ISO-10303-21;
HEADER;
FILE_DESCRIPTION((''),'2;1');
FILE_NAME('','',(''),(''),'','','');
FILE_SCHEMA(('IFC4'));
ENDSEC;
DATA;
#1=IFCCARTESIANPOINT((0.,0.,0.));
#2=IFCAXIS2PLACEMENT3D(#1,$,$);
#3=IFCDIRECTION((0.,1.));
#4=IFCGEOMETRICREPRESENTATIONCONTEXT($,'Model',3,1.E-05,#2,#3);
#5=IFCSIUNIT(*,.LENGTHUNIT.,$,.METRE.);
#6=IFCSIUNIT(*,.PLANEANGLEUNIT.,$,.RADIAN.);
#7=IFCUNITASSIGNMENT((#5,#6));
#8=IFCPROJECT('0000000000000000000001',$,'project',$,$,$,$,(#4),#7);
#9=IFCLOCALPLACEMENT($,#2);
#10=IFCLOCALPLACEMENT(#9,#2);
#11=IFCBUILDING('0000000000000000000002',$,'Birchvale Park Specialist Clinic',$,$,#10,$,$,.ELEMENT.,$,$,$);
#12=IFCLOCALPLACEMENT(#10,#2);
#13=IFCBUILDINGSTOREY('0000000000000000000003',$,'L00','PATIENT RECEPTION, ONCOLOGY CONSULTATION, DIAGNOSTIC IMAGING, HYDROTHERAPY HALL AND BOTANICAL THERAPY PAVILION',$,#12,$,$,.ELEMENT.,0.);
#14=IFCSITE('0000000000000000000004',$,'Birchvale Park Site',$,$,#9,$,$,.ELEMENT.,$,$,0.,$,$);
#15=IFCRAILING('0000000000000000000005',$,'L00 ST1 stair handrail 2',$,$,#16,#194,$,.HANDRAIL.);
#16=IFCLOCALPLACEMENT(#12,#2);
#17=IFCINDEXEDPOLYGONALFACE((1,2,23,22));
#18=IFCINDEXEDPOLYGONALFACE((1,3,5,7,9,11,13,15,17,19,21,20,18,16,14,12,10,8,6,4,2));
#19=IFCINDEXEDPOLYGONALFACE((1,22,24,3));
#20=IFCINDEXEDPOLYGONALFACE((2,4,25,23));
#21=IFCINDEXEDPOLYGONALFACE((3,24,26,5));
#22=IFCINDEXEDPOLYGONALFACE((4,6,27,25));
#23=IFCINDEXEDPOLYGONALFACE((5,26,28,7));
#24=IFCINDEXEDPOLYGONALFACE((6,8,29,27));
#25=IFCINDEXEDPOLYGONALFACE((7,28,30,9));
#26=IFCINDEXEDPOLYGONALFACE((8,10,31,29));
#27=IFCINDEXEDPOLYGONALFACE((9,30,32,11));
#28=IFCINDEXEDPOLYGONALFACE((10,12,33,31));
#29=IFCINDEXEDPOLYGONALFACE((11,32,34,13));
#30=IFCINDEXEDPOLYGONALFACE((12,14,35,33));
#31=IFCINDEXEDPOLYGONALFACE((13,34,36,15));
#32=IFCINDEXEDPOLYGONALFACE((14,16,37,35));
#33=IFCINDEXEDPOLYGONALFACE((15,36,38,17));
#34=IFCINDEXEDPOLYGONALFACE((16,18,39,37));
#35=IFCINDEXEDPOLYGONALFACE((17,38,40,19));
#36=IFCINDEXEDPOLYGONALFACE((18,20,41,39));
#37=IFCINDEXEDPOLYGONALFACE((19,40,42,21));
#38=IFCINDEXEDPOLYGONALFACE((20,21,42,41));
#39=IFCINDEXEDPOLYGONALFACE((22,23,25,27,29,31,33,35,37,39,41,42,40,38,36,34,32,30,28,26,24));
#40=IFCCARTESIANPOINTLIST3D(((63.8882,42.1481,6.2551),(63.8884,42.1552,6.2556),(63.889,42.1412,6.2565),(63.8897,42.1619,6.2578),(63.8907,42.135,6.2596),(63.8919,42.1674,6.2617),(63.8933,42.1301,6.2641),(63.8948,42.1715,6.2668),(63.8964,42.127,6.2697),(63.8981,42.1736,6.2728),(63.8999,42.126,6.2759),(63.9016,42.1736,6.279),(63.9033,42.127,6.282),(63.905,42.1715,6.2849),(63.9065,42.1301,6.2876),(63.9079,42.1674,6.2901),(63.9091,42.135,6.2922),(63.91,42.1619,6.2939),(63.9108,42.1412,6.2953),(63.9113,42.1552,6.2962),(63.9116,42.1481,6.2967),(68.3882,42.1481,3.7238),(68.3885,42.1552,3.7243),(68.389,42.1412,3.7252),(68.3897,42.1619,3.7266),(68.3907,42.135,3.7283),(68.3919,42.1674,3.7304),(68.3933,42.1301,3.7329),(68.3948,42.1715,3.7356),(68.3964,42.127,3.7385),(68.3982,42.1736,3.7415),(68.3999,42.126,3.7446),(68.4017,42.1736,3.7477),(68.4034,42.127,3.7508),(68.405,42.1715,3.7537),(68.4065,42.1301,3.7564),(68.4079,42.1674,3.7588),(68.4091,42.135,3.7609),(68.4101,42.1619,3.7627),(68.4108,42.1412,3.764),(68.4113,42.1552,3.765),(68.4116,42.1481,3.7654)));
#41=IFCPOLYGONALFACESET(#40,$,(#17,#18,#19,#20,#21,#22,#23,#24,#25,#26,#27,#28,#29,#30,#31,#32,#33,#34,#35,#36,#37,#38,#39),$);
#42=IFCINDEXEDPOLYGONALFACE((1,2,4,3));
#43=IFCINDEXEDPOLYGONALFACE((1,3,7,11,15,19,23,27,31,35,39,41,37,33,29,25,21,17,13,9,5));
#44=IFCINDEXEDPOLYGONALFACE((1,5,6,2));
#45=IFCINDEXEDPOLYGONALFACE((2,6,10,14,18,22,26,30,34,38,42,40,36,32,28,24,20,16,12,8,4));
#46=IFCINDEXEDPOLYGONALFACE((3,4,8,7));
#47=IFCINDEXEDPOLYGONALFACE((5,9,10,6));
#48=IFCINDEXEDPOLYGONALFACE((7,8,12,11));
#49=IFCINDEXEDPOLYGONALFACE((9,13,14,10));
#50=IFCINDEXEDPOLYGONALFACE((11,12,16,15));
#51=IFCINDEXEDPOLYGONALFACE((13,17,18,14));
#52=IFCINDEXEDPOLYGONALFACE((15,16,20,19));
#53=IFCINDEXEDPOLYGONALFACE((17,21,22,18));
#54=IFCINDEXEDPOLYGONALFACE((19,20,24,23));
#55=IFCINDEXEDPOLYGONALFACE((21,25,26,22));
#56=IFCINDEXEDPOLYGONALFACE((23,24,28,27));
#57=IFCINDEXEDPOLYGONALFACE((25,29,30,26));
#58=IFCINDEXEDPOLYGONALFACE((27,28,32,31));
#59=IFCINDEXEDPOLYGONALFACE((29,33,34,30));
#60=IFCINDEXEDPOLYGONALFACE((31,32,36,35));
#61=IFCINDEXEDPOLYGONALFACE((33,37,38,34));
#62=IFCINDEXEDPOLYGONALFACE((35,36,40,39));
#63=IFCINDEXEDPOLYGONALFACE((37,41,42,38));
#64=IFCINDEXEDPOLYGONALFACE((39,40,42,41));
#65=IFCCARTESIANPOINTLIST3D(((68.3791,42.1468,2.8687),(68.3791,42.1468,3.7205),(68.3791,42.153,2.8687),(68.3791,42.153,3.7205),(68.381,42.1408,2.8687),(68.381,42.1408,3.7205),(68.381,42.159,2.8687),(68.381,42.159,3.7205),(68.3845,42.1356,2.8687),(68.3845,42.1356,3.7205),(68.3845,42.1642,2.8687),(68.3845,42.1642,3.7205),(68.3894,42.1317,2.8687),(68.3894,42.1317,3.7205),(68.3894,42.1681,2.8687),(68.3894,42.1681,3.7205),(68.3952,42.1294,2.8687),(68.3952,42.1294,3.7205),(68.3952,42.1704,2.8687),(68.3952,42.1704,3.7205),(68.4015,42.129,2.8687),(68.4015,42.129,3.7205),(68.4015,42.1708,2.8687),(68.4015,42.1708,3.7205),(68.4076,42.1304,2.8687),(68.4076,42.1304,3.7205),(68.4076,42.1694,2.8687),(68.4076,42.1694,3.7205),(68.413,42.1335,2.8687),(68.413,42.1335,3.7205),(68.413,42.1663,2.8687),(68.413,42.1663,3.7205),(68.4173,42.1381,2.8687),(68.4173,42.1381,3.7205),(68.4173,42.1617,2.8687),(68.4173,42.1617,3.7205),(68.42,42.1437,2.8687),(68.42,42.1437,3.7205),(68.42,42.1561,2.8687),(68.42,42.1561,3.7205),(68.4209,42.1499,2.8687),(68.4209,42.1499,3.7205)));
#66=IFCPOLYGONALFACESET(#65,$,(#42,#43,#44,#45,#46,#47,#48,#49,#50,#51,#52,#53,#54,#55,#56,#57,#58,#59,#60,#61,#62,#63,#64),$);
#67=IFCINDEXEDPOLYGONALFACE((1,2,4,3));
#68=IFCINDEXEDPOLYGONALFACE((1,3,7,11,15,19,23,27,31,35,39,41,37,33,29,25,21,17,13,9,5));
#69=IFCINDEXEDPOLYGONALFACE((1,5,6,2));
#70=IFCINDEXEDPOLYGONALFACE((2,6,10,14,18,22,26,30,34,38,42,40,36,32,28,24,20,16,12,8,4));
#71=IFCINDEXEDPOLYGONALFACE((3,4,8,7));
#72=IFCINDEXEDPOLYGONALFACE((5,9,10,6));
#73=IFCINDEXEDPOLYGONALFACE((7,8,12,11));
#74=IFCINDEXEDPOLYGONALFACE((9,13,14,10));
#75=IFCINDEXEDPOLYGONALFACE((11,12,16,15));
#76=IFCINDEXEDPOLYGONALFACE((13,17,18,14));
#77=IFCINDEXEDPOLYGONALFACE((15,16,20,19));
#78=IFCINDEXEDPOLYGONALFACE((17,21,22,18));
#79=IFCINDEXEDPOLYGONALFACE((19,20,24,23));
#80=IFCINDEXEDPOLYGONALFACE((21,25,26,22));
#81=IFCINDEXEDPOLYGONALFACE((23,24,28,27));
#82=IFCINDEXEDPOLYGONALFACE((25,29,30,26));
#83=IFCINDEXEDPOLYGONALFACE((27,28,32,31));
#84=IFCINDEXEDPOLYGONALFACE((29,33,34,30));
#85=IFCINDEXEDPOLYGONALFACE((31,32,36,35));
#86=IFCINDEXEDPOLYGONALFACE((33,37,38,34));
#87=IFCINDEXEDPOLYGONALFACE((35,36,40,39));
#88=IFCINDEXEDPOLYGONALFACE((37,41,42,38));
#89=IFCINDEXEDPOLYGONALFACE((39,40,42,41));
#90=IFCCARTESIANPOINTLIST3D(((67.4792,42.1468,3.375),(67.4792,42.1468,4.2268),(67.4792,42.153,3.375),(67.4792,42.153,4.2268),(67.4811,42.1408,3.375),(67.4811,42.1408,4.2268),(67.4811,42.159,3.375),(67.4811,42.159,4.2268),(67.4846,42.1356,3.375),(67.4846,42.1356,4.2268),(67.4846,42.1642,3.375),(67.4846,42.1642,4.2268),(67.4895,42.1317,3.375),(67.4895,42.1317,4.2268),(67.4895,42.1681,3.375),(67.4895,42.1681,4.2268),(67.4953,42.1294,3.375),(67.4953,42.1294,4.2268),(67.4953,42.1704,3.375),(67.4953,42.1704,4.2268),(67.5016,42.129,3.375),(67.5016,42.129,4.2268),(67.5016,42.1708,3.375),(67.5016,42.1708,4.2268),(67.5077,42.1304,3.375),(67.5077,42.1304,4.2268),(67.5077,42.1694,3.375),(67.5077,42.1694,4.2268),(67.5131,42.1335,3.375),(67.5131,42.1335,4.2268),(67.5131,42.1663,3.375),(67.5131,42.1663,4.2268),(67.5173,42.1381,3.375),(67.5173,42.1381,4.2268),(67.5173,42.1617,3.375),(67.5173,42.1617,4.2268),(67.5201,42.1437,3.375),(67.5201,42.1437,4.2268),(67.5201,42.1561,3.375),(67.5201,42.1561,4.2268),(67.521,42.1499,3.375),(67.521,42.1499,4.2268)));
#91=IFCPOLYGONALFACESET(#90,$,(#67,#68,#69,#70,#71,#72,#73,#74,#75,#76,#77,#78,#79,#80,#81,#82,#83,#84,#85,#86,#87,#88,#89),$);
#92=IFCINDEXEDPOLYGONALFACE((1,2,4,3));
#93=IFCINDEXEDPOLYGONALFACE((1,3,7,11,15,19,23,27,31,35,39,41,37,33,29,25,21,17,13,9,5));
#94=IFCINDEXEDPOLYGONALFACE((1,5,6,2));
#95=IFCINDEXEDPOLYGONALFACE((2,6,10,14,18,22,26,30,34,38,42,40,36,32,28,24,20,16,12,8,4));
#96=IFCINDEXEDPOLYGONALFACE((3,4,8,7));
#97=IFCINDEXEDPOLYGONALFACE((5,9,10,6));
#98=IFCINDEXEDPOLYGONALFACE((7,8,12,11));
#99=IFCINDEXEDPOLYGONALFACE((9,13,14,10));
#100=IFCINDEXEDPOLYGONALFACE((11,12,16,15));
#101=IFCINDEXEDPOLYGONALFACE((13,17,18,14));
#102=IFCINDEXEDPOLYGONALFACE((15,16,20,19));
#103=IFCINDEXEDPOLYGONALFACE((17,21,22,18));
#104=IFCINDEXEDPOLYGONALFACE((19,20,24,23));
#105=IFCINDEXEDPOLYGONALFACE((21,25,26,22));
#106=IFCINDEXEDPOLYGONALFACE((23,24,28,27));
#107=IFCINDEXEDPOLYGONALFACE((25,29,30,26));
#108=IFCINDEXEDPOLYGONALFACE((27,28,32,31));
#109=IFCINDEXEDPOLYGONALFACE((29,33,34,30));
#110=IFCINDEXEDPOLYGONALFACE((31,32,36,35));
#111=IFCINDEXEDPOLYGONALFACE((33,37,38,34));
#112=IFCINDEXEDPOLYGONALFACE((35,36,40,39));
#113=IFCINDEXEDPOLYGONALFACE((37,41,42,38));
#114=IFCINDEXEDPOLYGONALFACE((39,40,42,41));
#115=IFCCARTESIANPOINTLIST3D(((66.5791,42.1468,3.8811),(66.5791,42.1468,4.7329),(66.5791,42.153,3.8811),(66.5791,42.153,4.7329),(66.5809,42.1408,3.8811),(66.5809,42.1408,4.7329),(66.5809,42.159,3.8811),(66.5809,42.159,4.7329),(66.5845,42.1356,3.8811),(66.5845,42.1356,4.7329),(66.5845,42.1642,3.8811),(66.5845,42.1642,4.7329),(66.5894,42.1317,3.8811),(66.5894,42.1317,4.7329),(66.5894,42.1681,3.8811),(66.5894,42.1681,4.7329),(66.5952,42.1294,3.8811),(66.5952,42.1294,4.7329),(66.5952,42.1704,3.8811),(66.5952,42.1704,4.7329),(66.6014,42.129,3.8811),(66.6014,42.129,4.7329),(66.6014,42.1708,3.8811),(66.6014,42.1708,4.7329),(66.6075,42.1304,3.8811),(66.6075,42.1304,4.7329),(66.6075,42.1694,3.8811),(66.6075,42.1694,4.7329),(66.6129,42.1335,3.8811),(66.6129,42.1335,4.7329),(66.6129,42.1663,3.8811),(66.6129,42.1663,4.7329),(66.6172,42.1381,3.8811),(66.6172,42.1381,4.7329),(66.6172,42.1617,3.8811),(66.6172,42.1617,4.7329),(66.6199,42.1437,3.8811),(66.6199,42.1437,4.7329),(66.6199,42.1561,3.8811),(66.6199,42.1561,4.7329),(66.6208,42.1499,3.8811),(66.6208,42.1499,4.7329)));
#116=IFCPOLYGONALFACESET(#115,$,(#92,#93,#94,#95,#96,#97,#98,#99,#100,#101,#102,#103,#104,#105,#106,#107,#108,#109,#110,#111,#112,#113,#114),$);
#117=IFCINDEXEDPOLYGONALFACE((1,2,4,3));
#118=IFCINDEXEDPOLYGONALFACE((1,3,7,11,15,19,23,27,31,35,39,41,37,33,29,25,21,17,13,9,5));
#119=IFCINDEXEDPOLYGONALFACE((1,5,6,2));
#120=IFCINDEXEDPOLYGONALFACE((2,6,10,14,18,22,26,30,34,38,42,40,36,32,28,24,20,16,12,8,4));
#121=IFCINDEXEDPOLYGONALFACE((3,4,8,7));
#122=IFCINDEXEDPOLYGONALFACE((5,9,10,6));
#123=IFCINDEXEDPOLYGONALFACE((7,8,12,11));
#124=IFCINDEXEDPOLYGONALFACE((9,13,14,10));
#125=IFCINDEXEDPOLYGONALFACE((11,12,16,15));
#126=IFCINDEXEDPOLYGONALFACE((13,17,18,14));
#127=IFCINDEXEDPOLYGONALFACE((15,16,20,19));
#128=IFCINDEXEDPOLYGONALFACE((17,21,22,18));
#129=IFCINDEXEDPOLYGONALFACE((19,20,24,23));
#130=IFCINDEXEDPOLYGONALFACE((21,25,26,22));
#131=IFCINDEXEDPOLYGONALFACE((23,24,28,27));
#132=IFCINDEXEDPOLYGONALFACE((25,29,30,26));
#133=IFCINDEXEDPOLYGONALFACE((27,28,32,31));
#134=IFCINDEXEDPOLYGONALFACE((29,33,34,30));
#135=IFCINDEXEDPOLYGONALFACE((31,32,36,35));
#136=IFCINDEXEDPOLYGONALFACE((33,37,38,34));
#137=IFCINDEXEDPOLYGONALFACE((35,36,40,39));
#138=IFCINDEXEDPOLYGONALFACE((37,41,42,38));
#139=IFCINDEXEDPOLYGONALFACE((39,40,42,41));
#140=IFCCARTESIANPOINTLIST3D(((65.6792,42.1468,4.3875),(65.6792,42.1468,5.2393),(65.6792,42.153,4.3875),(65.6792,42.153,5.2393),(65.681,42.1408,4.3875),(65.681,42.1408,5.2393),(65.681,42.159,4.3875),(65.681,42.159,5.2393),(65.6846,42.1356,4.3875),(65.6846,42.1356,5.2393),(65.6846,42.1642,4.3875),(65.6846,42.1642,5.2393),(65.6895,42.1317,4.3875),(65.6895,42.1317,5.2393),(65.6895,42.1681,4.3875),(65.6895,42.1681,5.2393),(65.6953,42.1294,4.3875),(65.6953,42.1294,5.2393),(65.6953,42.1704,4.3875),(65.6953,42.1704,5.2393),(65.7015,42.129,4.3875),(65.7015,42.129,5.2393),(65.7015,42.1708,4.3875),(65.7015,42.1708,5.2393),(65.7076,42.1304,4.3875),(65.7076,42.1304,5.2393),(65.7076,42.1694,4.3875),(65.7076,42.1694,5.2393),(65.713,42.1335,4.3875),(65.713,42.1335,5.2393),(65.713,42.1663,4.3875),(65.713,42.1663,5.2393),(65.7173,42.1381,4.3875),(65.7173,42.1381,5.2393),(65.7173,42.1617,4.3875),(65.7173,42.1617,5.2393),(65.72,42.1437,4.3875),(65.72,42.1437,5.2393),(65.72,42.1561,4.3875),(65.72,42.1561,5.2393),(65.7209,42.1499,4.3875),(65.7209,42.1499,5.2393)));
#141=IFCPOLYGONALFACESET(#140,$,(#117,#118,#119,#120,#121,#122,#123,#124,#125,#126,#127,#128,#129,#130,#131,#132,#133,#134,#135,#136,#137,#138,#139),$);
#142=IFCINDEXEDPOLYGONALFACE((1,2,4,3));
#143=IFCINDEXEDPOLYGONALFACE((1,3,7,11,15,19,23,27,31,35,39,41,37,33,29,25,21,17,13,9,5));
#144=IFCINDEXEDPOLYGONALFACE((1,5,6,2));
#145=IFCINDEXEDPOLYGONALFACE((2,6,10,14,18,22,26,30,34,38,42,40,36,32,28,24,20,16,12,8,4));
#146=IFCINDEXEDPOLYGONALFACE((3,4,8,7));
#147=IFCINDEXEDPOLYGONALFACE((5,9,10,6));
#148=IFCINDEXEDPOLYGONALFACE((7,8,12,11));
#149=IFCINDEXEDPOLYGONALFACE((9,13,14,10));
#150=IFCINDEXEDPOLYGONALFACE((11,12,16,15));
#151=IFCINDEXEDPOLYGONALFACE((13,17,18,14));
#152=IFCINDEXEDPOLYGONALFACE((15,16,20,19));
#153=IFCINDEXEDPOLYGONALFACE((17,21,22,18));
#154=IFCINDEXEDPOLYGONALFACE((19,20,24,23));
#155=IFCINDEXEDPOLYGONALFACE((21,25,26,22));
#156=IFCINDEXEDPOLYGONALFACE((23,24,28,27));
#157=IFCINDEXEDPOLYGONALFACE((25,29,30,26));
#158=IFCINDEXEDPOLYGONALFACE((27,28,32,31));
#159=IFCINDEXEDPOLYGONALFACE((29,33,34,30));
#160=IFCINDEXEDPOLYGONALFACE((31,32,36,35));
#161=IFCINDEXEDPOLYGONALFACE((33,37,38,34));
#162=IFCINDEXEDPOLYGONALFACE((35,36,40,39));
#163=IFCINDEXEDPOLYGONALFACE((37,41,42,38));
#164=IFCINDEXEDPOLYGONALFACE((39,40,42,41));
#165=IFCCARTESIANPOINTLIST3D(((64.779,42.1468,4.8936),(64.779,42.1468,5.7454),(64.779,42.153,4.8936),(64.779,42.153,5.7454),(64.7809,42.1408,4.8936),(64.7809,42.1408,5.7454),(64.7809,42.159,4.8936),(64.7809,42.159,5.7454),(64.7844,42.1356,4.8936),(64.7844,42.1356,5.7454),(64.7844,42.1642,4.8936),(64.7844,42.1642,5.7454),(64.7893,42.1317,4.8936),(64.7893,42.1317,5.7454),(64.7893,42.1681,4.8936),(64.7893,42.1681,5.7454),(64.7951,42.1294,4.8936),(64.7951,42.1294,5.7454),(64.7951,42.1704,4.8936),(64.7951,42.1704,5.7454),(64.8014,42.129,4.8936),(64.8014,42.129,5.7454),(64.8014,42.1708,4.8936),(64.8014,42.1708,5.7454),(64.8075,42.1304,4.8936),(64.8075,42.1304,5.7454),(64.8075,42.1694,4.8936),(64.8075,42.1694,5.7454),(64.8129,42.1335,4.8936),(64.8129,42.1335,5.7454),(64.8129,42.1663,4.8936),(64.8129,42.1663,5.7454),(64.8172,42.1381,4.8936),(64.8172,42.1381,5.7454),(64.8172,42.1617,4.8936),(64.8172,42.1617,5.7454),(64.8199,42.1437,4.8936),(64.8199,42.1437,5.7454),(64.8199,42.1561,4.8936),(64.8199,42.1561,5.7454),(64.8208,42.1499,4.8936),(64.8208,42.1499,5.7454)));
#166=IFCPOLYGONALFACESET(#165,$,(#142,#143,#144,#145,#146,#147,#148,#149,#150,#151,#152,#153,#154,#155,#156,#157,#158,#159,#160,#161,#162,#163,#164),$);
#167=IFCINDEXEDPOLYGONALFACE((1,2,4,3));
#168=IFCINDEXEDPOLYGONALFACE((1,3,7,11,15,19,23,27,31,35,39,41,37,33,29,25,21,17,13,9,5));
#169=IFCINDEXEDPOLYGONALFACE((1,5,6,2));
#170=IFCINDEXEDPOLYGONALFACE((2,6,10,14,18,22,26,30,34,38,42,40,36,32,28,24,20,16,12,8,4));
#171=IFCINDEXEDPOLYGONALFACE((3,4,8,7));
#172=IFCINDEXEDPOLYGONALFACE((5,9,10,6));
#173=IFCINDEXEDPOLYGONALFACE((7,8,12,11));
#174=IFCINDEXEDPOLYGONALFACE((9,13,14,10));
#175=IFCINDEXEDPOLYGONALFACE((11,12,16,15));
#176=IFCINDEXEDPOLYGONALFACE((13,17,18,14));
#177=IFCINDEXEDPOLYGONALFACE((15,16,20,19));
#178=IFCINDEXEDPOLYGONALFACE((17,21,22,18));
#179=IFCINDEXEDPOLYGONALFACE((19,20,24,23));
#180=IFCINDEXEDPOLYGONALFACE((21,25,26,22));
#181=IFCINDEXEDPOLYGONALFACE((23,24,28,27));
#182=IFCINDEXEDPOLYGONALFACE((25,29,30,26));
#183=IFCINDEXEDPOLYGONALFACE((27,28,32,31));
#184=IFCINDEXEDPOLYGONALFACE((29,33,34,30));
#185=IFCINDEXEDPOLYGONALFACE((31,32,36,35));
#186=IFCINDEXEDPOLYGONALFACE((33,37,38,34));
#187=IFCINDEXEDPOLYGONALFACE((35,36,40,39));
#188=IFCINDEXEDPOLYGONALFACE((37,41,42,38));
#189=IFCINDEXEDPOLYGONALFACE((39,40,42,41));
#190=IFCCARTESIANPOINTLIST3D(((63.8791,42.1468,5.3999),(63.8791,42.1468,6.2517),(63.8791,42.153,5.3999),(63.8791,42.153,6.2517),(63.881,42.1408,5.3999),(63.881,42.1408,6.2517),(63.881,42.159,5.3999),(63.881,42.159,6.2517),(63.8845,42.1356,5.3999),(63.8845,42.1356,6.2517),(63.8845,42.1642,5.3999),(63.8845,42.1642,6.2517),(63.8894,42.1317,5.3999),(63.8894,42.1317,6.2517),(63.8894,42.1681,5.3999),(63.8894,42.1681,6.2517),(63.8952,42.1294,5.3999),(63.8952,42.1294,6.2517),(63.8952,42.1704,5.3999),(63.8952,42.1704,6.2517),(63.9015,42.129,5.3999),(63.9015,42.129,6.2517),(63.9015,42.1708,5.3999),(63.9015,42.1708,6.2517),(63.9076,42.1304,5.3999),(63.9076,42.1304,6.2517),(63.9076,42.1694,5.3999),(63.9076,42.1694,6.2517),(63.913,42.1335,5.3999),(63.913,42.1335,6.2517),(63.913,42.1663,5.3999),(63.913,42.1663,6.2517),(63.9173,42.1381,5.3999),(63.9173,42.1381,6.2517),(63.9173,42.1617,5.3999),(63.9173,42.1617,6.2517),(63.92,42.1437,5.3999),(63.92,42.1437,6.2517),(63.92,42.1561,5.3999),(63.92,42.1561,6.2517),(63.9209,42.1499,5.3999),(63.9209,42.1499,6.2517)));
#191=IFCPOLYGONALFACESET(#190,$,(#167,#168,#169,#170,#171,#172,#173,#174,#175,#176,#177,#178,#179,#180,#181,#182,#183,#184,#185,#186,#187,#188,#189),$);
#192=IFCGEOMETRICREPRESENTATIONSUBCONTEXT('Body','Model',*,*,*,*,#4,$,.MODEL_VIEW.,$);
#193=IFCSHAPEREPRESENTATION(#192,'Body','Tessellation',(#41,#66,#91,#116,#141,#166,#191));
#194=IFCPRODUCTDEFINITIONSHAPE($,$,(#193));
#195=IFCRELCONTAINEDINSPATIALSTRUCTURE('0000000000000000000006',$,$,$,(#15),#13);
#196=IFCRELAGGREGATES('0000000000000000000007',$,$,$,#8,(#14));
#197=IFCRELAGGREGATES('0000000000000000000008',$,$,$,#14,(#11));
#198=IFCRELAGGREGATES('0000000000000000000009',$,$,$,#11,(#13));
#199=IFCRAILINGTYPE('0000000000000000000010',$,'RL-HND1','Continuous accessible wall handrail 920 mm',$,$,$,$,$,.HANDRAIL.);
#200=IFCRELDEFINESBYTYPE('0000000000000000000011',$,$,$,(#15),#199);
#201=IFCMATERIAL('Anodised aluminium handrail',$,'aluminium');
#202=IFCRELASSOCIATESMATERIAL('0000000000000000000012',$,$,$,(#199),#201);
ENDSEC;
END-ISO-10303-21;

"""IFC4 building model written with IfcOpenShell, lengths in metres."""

from ifc_helpers import new_model, si_unit, direction, frame, origin, origin_2d, place, context, subcontext, project, spatial, circle, extrude, material, type_object, element, save


model = new_model("IFC4")

# Units and contexts
model_context = context("Model", 3, precision=1e-05, world=origin(), true_north=direction((0.0, 1.0)))
body_context = subcontext(model_context, "Body", "Model", "MODEL_VIEW")
ifc_project = project(units=[si_unit("LENGTHUNIT", "METRE"), si_unit("PLANEANGLEUNIT", "RADIAN")], contexts=[model_context])

# Site, building, storey
site_placement = place(None, origin())
site = spatial("IfcSite", under=ifc_project, at=site_placement, Name="Birchvale Park Site", CompositionType="ELEMENT", RefElevation=0.0)
building_placement = place(site_placement, origin())
building = spatial("IfcBuilding", under=site, at=building_placement, Name="Birchvale Park Specialist Clinic", CompositionType="ELEMENT")
storey_placement = place(building_placement, origin())
storey = spatial("IfcBuildingStorey", under=building, at=storey_placement, Name="L00", Description="PATIENT RECEPTION, ONCOLOGY CONSULTATION, DIAGNOSTIC IMAGING, HYDROTHERAPY HALL AND BOTANICAL THERAPY PAVILION", CompositionType="ELEMENT", Elevation=0.0)

# Railing
ifc_material_1 = material(Name="Anodised aluminium handrail", Category="aluminium")
railing_type_1 = type_object("IfcRailingType", Name="RL-HND1", Description="Continuous accessible wall handrail 920 mm", PredefinedType="HANDRAIL", material=ifc_material_1)
for number, where, name in (
    (1, (68.3999, 42.1499, 2.8687), "L00 ST1 stair handrail 2"),
):
    element("IfcRailing", number, at=place(storey_placement, frame(where)), inside=storey, type_object=railing_type_1, Name=name, PredefinedType="HANDRAIL", context=body_context, shape_type="SweptSolid", body=[
        extrude(circle(Radius=0.0239, at=origin_2d()), frame((0.0, 0.0, 0.876), z_axis=(-0.871576, 0.0, 0.490261), x_axis=(0.0, -1.0, 0.0)), (0.0, 0.0, 1.0), 5.1631),
        extrude(circle(Radius=0.021, at=origin_2d()), origin(), (0.0, 0.0, 1.0), 0.8518),
        extrude(circle(Radius=0.021, at=origin_2d()), frame((-0.8999, 0.0, 0.5063)), (0.0, 0.0, 1.0), 0.8518),
        extrude(circle(Radius=0.021, at=origin_2d()), frame((-1.8, 0.0, 1.0125)), (0.0, 0.0, 1.0), 0.8518),
        extrude(circle(Radius=0.021, at=origin_2d()), frame((-2.7, 0.0, 1.5188)), (0.0, 0.0, 1.0), 0.8518),
        extrude(circle(Radius=0.021, at=origin_2d()), frame((-3.6001, 0.0, 2.0249)), (0.0, 0.0, 1.0), 0.8518),
        extrude(circle(Radius=0.021, at=origin_2d()), frame((-4.5, 0.0, 2.5312)), (0.0, 0.0, 1.0), 0.8518),
    ])

save(model, "model.ifc")
